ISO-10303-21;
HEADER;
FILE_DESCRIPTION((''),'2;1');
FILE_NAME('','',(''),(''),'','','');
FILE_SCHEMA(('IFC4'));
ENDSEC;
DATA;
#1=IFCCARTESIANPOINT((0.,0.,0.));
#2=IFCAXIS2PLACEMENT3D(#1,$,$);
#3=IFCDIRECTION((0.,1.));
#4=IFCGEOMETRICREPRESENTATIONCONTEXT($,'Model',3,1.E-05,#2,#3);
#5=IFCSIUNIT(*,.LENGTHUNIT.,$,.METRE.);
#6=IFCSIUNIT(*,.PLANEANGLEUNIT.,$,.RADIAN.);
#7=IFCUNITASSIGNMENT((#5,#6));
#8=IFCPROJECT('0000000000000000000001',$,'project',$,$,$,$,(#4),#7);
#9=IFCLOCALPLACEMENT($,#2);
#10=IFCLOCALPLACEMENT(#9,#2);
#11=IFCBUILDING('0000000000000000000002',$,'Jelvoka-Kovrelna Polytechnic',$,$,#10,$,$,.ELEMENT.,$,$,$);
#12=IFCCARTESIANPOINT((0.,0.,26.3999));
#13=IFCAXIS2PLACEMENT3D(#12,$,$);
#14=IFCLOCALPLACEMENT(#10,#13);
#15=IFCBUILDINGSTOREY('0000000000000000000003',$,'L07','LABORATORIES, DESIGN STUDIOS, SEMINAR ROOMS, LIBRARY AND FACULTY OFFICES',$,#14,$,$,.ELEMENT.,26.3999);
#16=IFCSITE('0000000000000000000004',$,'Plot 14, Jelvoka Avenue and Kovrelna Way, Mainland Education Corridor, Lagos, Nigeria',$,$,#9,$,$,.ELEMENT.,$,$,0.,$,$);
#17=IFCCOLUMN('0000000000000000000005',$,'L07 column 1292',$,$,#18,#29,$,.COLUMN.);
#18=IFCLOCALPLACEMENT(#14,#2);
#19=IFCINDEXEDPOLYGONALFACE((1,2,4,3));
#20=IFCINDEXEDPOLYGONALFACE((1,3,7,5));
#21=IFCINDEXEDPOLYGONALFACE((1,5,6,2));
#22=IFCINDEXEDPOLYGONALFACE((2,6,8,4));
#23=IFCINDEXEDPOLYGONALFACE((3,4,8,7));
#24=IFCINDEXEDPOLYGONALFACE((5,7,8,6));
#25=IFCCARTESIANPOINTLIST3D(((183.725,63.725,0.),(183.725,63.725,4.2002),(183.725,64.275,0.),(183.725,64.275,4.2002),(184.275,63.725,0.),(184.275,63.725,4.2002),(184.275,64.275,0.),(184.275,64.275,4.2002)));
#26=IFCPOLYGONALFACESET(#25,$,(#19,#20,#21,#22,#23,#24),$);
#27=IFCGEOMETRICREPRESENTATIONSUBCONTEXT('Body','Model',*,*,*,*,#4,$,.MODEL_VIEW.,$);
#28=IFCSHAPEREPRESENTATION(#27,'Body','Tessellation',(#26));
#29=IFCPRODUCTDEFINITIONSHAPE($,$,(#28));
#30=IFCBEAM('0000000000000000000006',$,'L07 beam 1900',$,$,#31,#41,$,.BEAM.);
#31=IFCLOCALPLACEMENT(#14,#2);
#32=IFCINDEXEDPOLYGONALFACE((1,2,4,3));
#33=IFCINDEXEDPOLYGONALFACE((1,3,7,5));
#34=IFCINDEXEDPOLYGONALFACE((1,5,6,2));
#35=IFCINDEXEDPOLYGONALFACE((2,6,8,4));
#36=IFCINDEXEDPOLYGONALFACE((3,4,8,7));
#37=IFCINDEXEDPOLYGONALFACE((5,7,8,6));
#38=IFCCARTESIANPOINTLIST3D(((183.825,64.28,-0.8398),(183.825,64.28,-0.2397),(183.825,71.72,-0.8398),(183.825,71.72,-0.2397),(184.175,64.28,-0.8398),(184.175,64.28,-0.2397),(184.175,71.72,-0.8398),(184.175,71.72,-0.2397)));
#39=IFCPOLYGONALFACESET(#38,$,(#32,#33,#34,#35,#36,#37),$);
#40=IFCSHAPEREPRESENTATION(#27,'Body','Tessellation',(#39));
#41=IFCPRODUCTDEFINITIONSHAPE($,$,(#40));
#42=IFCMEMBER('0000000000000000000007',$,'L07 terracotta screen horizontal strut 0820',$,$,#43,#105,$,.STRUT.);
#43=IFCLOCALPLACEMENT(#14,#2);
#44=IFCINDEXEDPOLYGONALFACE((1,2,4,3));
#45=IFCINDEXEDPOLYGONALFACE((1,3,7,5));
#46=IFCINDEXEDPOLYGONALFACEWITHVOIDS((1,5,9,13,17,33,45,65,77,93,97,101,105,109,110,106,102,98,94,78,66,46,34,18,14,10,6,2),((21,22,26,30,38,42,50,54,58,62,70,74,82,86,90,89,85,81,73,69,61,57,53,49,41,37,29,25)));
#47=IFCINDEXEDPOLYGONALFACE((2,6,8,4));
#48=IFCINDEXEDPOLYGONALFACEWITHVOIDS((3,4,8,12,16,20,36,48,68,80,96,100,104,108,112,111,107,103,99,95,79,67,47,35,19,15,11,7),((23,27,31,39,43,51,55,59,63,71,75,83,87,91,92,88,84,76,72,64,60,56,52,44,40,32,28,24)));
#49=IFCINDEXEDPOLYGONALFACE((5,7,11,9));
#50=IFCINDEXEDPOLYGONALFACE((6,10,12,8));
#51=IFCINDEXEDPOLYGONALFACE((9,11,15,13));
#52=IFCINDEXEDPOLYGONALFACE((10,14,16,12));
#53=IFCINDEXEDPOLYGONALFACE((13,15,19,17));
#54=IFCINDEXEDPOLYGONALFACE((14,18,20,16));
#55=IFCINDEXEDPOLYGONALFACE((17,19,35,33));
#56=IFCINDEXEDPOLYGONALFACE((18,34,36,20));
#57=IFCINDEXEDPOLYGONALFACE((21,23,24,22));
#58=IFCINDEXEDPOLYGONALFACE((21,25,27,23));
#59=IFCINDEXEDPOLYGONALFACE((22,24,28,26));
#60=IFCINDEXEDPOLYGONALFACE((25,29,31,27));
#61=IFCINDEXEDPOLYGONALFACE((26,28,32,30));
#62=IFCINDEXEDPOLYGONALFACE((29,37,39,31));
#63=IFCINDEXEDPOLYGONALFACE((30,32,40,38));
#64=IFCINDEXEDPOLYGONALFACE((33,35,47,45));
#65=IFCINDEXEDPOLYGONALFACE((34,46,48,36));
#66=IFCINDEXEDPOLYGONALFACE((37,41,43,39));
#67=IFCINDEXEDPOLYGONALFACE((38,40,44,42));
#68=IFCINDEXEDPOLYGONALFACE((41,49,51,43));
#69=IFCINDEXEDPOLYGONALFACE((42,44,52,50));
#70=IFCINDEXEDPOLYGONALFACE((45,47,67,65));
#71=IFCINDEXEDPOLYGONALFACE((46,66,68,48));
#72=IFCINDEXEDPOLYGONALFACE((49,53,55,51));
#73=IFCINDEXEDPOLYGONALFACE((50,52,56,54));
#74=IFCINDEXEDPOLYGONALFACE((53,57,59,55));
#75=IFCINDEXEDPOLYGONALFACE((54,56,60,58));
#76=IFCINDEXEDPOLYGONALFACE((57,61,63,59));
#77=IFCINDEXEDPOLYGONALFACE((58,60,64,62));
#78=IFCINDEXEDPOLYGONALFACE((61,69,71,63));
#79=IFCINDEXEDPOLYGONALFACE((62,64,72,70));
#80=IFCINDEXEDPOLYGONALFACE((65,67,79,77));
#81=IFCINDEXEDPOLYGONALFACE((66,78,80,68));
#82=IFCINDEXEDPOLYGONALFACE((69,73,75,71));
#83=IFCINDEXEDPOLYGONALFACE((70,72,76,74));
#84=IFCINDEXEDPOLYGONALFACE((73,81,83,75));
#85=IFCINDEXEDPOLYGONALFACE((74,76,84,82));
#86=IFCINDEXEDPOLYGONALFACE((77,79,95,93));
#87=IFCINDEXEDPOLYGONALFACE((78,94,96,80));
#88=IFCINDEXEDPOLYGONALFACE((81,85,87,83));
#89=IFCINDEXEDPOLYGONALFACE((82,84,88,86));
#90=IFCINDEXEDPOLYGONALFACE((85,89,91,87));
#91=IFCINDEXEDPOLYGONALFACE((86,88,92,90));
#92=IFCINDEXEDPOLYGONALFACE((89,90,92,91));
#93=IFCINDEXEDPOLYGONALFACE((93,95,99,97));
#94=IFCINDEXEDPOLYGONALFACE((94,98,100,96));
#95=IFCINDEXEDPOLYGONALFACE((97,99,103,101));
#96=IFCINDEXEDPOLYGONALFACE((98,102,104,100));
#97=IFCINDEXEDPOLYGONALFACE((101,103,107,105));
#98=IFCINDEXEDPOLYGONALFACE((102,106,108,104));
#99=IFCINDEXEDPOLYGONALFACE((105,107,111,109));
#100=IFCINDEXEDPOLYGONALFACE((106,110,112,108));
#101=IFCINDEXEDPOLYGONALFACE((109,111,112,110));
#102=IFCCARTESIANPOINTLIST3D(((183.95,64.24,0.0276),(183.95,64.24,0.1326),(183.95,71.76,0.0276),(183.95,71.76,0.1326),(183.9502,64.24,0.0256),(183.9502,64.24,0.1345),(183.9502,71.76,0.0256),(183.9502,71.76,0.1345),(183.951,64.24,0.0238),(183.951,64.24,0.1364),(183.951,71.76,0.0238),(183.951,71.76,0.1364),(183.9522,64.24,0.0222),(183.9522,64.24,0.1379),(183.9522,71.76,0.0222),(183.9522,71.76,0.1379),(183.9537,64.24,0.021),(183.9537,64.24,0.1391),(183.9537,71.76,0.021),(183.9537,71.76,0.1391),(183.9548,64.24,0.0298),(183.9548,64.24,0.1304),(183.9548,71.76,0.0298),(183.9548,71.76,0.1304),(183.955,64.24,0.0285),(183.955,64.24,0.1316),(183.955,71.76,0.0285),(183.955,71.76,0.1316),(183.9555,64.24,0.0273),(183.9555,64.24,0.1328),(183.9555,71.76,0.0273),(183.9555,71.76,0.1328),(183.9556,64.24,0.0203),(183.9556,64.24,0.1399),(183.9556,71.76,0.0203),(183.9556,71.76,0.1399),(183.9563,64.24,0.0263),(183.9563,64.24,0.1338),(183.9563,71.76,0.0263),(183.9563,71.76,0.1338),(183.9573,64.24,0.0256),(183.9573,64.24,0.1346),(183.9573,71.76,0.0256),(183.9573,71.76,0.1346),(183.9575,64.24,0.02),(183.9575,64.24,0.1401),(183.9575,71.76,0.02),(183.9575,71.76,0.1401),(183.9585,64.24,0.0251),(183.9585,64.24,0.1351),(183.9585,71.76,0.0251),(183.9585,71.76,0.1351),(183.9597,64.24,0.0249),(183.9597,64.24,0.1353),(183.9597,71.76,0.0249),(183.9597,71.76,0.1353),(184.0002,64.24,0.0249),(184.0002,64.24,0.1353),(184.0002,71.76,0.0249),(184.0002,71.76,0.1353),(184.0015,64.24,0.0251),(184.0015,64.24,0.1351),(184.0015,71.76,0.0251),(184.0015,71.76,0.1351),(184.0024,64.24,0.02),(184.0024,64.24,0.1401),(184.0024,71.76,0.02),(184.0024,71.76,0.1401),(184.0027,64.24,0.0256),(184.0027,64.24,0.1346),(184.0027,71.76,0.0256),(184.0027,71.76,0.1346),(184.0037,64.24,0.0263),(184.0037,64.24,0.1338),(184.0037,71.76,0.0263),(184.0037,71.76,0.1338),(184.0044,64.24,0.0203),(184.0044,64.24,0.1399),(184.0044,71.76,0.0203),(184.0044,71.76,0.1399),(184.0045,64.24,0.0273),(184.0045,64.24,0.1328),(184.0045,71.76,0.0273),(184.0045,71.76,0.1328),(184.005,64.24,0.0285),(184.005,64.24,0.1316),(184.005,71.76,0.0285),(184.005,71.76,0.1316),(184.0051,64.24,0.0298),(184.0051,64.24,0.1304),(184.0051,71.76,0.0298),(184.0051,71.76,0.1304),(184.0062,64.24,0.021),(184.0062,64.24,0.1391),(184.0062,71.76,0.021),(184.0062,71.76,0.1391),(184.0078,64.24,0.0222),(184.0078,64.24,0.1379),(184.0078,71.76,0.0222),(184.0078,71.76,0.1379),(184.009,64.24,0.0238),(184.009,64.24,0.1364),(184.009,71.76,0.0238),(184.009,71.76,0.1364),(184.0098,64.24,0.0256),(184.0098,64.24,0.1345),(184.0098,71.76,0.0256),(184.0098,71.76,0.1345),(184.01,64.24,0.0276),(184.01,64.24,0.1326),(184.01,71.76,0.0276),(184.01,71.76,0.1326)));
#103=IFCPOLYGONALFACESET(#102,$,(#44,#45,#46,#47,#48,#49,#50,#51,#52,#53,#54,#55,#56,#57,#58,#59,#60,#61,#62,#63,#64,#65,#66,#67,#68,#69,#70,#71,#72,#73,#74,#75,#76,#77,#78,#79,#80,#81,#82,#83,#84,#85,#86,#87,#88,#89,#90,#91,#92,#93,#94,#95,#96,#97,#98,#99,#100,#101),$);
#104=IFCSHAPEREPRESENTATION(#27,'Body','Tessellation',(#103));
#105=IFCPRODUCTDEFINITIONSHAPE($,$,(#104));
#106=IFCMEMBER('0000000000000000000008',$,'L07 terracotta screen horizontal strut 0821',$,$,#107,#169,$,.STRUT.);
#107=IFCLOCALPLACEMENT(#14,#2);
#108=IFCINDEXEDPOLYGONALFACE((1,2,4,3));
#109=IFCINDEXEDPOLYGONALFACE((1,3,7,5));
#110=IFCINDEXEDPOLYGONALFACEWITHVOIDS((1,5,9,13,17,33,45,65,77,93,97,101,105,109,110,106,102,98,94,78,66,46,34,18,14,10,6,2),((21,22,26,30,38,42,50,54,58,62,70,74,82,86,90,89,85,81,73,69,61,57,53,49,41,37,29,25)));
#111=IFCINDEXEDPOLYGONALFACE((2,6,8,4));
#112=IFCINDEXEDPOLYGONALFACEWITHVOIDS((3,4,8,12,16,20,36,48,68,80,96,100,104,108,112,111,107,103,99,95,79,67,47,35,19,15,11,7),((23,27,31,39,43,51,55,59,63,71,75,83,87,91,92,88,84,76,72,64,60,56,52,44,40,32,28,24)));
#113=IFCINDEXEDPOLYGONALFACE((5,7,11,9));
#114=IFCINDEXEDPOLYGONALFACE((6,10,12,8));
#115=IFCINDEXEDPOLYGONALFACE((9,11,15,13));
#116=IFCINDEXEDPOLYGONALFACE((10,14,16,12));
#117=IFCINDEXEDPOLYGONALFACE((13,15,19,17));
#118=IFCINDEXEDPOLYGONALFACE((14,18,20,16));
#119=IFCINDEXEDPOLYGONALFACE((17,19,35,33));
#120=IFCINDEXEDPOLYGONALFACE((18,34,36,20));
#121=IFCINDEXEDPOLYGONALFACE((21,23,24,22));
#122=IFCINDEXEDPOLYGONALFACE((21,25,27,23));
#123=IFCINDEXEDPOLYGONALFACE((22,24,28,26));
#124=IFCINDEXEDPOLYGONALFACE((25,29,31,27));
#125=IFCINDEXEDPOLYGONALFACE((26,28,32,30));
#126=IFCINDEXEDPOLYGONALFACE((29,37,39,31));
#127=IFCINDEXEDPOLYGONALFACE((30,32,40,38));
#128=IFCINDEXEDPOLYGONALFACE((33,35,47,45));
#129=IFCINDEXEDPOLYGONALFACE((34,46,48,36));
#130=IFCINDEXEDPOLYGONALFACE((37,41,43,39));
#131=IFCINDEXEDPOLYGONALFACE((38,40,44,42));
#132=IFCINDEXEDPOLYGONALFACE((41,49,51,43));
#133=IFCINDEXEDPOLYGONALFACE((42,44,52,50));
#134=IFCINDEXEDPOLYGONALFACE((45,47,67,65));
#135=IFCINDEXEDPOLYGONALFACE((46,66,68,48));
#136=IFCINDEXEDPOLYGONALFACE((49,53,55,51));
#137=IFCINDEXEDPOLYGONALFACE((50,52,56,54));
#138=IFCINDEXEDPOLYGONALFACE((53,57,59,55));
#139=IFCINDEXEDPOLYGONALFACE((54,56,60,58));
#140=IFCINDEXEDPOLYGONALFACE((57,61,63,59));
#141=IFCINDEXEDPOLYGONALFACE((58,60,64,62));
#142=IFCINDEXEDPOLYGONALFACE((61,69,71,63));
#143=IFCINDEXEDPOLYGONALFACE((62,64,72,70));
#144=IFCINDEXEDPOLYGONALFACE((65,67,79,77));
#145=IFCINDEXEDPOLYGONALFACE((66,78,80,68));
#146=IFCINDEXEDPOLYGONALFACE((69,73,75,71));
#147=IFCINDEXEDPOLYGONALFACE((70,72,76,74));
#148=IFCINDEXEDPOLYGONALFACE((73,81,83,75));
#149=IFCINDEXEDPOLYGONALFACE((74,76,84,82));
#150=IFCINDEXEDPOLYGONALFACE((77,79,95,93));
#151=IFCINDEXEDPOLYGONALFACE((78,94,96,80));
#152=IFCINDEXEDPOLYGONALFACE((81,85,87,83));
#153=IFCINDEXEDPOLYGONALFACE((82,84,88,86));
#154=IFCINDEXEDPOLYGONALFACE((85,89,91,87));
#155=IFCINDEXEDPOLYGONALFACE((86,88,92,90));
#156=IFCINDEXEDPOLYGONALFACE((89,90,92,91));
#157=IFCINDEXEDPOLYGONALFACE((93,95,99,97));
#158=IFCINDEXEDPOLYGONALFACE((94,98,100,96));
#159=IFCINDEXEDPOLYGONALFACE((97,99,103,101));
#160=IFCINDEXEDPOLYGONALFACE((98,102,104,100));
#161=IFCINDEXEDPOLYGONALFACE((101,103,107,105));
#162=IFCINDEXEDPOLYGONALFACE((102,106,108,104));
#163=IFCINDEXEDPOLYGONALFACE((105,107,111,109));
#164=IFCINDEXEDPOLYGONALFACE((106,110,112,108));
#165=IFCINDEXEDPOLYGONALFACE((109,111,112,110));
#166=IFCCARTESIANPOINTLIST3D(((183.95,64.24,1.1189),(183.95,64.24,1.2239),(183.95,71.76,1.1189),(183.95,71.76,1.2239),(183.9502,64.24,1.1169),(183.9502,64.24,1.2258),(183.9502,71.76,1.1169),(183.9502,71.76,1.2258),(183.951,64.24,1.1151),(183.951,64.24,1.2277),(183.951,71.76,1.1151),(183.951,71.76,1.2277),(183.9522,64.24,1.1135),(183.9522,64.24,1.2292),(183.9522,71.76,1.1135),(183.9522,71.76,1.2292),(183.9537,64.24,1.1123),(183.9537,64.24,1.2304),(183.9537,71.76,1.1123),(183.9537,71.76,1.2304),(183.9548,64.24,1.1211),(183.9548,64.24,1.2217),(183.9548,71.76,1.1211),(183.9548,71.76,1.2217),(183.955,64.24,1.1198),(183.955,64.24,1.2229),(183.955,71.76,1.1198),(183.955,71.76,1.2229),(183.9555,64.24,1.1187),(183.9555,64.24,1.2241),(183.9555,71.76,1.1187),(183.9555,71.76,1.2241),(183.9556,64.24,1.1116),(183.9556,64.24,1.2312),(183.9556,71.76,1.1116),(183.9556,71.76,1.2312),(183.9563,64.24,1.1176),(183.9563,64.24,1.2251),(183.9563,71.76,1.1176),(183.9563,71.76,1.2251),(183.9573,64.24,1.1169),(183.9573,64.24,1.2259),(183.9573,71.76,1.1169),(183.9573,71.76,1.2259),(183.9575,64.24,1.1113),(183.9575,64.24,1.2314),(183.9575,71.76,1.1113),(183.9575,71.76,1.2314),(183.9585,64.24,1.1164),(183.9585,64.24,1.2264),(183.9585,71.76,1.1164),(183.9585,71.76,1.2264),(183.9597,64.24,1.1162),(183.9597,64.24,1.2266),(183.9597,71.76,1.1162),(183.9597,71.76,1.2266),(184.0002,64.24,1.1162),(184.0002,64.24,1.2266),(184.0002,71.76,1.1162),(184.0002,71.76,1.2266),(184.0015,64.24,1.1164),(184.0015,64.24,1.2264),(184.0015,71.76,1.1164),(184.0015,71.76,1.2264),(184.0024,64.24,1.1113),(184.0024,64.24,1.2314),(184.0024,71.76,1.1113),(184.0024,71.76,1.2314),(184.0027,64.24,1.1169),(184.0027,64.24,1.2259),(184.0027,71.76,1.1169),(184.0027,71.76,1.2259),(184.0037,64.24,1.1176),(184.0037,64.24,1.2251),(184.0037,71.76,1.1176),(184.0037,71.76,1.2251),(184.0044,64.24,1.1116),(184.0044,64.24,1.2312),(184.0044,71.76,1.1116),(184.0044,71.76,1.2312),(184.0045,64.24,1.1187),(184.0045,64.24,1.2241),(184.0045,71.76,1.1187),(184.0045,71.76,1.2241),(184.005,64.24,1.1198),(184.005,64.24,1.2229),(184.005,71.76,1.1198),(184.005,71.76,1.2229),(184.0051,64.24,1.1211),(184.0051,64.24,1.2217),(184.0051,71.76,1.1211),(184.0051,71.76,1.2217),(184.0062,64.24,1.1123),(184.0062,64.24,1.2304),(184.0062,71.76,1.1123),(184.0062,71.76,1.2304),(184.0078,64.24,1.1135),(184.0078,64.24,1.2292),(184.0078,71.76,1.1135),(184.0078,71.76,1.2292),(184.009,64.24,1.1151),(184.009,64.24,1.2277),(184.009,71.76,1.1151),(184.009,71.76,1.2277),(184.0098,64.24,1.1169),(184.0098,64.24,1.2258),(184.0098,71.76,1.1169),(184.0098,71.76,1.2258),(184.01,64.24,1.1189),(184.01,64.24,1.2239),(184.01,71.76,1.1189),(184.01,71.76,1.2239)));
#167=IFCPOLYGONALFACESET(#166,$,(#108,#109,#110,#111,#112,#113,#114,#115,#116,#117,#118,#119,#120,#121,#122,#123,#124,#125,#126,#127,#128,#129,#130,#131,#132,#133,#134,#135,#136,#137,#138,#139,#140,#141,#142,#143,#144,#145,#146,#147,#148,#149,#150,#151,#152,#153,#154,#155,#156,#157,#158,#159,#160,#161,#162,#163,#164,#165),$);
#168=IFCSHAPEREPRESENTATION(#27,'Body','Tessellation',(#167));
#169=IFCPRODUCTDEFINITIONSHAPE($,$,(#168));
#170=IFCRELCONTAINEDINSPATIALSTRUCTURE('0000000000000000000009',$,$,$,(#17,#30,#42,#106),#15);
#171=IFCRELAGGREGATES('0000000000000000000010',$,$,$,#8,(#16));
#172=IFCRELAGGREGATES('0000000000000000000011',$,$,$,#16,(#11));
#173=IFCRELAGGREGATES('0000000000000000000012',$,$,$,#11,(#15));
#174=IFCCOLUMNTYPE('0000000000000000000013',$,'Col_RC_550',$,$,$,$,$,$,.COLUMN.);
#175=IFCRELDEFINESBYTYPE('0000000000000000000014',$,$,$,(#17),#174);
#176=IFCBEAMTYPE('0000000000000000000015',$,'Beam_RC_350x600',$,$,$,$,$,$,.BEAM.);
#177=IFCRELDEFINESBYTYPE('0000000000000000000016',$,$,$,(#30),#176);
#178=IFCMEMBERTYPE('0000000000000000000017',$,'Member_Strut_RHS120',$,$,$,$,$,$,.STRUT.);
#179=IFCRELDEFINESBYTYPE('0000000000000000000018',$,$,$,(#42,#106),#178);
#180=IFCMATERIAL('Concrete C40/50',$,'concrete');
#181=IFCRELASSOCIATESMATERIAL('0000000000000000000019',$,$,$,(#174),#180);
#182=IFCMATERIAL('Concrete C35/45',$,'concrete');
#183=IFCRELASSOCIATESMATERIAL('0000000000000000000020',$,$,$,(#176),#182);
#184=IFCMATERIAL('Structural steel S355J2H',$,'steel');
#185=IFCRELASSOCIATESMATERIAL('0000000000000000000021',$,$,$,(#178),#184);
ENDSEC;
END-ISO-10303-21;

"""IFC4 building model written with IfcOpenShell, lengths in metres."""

from ifc_helpers import new_model, si_unit, direction, frame, origin, origin_2d, place, context, subcontext, project, spatial, rectangle, hollow_rectangle, extrude, material, material_profile, profile_set, type_object, element, save


model = new_model("IFC4")

# Units and contexts
model_context = context("Model", 3, precision=1e-05, world=origin(), true_north=direction((0.0, 1.0)))
body_context = subcontext(model_context, "Body", "Model", "MODEL_VIEW")
ifc_project = project(units=[si_unit("LENGTHUNIT", "METRE"), si_unit("PLANEANGLEUNIT", "RADIAN")], contexts=[model_context])

# Site, building, storey
site_placement = place(None, origin())
site = spatial("IfcSite", under=ifc_project, at=site_placement, Name="Plot 14, Jelvoka Avenue and Kovrelna Way, Mainland Education Corridor, Lagos, Nigeria", CompositionType="ELEMENT", RefElevation=0.0)
building_placement = place(site_placement, origin())
building = spatial("IfcBuilding", under=site, at=building_placement, Name="Jelvoka-Kovrelna Polytechnic", CompositionType="ELEMENT")
storey_placement = place(building_placement, frame((0.0, 0.0, 26.3999)))
storey = spatial("IfcBuildingStorey", under=building, at=storey_placement, Name="L07", Description="LABORATORIES, DESIGN STUDIOS, SEMINAR ROOMS, LIBRARY AND FACULTY OFFICES", CompositionType="ELEMENT", Elevation=26.3999)

# Column
ifc_material_1 = material(Name="Concrete C40/50", Category="concrete")
ifc_material_profile_1 = material_profile(ifc_material_1, rectangle(XDim=0.55, YDim=0.55, at=origin_2d()), Name="RC 550x550")
ifc_profile_set_1 = profile_set([ifc_material_profile_1], Name="Concrete C40/50")
column_type = type_object("IfcColumnType", Name="Col_RC_550", PredefinedType="COLUMN", material=ifc_profile_set_1)
column_placement = place(storey_placement, frame((184.0, 64.0, 0.0), z_axis=(0.0, 0.0, 1.0), x_axis=(1.0, 0.0, 0.0)))
element("IfcColumn", 1, at=column_placement, inside=storey, type_object=column_type, Name="L07 column 1292", PredefinedType="COLUMN", context=body_context, shape_type="SweptSolid", body=[
    extrude(rectangle(XDim=0.55, YDim=0.55, at=origin_2d()), origin(), (0.0, 0.0, 1.0), 4.2002),
])

# Beam
ifc_material_2 = material(Name="Concrete C35/45", Category="concrete")
ifc_material_profile_2 = material_profile(ifc_material_2, rectangle(XDim=0.3501, YDim=0.6001, at=origin_2d()), Name="RC 350x600")
ifc_profile_set_2 = profile_set([ifc_material_profile_2], Name="Concrete C35/45")
beam_type = type_object("IfcBeamType", Name="Beam_RC_350x600", PredefinedType="BEAM", material=ifc_profile_set_2)
beam_placement = place(storey_placement, frame((184.0, 64.28, -0.5398), z_axis=(0.0, 1.0, 0.0), x_axis=(-1.0, 0.0, 0.0)))
element("IfcBeam", 2, at=beam_placement, inside=storey, type_object=beam_type, Name="L07 beam 1900", PredefinedType="BEAM", context=body_context, shape_type="SweptSolid", body=[
    extrude(rectangle(XDim=0.3501, YDim=0.6001, at=origin_2d()), origin(), (0.0, 0.0, 1.0), 7.4399),
])

# Members
ifc_material_3 = material(Name="Structural steel S355J2H", Category="steel")
ifc_material_profile_3 = material_profile(ifc_material_3, hollow_rectangle(XDim=0.0601, YDim=0.1201, WallThickness=0.0049, InnerFilletRadius=0.0049, OuterFilletRadius=0.0076, at=origin_2d()), Name="120x60x5.0 RHS")
ifc_profile_set_3 = profile_set([ifc_material_profile_3], Name="Structural steel S355J2H")
member_type_1 = type_object("IfcMemberType", Name="Member_Strut_RHS120", PredefinedType="STRUT", material=ifc_profile_set_3)
for number, where, z_axis, x_axis, name in (
    (3, (183.98, 64.24, 0.0801), (0.0, 1.0, 0.0), (-1.0, 0.0, 0.0), "L07 terracotta screen horizontal strut 0820"),
    (4, (183.98, 64.24, 1.1714), (0.0, 1.0, 0.0), (-1.0, 0.0, 0.0), "L07 terracotta screen horizontal strut 0821"),
):
    element("IfcMember", number, at=place(storey_placement, frame(where, z_axis=z_axis, x_axis=x_axis)), inside=storey, type_object=member_type_1, Name=name, PredefinedType="STRUT", context=body_context, shape_type="SweptSolid", body=[
        extrude(hollow_rectangle(XDim=0.0601, YDim=0.1201, WallThickness=0.0049, InnerFilletRadius=0.0049, OuterFilletRadius=0.0076, at=origin_2d()), origin(), (0.0, 0.0, 1.0), 7.52),
    ])

save(model, "model.ifc")
